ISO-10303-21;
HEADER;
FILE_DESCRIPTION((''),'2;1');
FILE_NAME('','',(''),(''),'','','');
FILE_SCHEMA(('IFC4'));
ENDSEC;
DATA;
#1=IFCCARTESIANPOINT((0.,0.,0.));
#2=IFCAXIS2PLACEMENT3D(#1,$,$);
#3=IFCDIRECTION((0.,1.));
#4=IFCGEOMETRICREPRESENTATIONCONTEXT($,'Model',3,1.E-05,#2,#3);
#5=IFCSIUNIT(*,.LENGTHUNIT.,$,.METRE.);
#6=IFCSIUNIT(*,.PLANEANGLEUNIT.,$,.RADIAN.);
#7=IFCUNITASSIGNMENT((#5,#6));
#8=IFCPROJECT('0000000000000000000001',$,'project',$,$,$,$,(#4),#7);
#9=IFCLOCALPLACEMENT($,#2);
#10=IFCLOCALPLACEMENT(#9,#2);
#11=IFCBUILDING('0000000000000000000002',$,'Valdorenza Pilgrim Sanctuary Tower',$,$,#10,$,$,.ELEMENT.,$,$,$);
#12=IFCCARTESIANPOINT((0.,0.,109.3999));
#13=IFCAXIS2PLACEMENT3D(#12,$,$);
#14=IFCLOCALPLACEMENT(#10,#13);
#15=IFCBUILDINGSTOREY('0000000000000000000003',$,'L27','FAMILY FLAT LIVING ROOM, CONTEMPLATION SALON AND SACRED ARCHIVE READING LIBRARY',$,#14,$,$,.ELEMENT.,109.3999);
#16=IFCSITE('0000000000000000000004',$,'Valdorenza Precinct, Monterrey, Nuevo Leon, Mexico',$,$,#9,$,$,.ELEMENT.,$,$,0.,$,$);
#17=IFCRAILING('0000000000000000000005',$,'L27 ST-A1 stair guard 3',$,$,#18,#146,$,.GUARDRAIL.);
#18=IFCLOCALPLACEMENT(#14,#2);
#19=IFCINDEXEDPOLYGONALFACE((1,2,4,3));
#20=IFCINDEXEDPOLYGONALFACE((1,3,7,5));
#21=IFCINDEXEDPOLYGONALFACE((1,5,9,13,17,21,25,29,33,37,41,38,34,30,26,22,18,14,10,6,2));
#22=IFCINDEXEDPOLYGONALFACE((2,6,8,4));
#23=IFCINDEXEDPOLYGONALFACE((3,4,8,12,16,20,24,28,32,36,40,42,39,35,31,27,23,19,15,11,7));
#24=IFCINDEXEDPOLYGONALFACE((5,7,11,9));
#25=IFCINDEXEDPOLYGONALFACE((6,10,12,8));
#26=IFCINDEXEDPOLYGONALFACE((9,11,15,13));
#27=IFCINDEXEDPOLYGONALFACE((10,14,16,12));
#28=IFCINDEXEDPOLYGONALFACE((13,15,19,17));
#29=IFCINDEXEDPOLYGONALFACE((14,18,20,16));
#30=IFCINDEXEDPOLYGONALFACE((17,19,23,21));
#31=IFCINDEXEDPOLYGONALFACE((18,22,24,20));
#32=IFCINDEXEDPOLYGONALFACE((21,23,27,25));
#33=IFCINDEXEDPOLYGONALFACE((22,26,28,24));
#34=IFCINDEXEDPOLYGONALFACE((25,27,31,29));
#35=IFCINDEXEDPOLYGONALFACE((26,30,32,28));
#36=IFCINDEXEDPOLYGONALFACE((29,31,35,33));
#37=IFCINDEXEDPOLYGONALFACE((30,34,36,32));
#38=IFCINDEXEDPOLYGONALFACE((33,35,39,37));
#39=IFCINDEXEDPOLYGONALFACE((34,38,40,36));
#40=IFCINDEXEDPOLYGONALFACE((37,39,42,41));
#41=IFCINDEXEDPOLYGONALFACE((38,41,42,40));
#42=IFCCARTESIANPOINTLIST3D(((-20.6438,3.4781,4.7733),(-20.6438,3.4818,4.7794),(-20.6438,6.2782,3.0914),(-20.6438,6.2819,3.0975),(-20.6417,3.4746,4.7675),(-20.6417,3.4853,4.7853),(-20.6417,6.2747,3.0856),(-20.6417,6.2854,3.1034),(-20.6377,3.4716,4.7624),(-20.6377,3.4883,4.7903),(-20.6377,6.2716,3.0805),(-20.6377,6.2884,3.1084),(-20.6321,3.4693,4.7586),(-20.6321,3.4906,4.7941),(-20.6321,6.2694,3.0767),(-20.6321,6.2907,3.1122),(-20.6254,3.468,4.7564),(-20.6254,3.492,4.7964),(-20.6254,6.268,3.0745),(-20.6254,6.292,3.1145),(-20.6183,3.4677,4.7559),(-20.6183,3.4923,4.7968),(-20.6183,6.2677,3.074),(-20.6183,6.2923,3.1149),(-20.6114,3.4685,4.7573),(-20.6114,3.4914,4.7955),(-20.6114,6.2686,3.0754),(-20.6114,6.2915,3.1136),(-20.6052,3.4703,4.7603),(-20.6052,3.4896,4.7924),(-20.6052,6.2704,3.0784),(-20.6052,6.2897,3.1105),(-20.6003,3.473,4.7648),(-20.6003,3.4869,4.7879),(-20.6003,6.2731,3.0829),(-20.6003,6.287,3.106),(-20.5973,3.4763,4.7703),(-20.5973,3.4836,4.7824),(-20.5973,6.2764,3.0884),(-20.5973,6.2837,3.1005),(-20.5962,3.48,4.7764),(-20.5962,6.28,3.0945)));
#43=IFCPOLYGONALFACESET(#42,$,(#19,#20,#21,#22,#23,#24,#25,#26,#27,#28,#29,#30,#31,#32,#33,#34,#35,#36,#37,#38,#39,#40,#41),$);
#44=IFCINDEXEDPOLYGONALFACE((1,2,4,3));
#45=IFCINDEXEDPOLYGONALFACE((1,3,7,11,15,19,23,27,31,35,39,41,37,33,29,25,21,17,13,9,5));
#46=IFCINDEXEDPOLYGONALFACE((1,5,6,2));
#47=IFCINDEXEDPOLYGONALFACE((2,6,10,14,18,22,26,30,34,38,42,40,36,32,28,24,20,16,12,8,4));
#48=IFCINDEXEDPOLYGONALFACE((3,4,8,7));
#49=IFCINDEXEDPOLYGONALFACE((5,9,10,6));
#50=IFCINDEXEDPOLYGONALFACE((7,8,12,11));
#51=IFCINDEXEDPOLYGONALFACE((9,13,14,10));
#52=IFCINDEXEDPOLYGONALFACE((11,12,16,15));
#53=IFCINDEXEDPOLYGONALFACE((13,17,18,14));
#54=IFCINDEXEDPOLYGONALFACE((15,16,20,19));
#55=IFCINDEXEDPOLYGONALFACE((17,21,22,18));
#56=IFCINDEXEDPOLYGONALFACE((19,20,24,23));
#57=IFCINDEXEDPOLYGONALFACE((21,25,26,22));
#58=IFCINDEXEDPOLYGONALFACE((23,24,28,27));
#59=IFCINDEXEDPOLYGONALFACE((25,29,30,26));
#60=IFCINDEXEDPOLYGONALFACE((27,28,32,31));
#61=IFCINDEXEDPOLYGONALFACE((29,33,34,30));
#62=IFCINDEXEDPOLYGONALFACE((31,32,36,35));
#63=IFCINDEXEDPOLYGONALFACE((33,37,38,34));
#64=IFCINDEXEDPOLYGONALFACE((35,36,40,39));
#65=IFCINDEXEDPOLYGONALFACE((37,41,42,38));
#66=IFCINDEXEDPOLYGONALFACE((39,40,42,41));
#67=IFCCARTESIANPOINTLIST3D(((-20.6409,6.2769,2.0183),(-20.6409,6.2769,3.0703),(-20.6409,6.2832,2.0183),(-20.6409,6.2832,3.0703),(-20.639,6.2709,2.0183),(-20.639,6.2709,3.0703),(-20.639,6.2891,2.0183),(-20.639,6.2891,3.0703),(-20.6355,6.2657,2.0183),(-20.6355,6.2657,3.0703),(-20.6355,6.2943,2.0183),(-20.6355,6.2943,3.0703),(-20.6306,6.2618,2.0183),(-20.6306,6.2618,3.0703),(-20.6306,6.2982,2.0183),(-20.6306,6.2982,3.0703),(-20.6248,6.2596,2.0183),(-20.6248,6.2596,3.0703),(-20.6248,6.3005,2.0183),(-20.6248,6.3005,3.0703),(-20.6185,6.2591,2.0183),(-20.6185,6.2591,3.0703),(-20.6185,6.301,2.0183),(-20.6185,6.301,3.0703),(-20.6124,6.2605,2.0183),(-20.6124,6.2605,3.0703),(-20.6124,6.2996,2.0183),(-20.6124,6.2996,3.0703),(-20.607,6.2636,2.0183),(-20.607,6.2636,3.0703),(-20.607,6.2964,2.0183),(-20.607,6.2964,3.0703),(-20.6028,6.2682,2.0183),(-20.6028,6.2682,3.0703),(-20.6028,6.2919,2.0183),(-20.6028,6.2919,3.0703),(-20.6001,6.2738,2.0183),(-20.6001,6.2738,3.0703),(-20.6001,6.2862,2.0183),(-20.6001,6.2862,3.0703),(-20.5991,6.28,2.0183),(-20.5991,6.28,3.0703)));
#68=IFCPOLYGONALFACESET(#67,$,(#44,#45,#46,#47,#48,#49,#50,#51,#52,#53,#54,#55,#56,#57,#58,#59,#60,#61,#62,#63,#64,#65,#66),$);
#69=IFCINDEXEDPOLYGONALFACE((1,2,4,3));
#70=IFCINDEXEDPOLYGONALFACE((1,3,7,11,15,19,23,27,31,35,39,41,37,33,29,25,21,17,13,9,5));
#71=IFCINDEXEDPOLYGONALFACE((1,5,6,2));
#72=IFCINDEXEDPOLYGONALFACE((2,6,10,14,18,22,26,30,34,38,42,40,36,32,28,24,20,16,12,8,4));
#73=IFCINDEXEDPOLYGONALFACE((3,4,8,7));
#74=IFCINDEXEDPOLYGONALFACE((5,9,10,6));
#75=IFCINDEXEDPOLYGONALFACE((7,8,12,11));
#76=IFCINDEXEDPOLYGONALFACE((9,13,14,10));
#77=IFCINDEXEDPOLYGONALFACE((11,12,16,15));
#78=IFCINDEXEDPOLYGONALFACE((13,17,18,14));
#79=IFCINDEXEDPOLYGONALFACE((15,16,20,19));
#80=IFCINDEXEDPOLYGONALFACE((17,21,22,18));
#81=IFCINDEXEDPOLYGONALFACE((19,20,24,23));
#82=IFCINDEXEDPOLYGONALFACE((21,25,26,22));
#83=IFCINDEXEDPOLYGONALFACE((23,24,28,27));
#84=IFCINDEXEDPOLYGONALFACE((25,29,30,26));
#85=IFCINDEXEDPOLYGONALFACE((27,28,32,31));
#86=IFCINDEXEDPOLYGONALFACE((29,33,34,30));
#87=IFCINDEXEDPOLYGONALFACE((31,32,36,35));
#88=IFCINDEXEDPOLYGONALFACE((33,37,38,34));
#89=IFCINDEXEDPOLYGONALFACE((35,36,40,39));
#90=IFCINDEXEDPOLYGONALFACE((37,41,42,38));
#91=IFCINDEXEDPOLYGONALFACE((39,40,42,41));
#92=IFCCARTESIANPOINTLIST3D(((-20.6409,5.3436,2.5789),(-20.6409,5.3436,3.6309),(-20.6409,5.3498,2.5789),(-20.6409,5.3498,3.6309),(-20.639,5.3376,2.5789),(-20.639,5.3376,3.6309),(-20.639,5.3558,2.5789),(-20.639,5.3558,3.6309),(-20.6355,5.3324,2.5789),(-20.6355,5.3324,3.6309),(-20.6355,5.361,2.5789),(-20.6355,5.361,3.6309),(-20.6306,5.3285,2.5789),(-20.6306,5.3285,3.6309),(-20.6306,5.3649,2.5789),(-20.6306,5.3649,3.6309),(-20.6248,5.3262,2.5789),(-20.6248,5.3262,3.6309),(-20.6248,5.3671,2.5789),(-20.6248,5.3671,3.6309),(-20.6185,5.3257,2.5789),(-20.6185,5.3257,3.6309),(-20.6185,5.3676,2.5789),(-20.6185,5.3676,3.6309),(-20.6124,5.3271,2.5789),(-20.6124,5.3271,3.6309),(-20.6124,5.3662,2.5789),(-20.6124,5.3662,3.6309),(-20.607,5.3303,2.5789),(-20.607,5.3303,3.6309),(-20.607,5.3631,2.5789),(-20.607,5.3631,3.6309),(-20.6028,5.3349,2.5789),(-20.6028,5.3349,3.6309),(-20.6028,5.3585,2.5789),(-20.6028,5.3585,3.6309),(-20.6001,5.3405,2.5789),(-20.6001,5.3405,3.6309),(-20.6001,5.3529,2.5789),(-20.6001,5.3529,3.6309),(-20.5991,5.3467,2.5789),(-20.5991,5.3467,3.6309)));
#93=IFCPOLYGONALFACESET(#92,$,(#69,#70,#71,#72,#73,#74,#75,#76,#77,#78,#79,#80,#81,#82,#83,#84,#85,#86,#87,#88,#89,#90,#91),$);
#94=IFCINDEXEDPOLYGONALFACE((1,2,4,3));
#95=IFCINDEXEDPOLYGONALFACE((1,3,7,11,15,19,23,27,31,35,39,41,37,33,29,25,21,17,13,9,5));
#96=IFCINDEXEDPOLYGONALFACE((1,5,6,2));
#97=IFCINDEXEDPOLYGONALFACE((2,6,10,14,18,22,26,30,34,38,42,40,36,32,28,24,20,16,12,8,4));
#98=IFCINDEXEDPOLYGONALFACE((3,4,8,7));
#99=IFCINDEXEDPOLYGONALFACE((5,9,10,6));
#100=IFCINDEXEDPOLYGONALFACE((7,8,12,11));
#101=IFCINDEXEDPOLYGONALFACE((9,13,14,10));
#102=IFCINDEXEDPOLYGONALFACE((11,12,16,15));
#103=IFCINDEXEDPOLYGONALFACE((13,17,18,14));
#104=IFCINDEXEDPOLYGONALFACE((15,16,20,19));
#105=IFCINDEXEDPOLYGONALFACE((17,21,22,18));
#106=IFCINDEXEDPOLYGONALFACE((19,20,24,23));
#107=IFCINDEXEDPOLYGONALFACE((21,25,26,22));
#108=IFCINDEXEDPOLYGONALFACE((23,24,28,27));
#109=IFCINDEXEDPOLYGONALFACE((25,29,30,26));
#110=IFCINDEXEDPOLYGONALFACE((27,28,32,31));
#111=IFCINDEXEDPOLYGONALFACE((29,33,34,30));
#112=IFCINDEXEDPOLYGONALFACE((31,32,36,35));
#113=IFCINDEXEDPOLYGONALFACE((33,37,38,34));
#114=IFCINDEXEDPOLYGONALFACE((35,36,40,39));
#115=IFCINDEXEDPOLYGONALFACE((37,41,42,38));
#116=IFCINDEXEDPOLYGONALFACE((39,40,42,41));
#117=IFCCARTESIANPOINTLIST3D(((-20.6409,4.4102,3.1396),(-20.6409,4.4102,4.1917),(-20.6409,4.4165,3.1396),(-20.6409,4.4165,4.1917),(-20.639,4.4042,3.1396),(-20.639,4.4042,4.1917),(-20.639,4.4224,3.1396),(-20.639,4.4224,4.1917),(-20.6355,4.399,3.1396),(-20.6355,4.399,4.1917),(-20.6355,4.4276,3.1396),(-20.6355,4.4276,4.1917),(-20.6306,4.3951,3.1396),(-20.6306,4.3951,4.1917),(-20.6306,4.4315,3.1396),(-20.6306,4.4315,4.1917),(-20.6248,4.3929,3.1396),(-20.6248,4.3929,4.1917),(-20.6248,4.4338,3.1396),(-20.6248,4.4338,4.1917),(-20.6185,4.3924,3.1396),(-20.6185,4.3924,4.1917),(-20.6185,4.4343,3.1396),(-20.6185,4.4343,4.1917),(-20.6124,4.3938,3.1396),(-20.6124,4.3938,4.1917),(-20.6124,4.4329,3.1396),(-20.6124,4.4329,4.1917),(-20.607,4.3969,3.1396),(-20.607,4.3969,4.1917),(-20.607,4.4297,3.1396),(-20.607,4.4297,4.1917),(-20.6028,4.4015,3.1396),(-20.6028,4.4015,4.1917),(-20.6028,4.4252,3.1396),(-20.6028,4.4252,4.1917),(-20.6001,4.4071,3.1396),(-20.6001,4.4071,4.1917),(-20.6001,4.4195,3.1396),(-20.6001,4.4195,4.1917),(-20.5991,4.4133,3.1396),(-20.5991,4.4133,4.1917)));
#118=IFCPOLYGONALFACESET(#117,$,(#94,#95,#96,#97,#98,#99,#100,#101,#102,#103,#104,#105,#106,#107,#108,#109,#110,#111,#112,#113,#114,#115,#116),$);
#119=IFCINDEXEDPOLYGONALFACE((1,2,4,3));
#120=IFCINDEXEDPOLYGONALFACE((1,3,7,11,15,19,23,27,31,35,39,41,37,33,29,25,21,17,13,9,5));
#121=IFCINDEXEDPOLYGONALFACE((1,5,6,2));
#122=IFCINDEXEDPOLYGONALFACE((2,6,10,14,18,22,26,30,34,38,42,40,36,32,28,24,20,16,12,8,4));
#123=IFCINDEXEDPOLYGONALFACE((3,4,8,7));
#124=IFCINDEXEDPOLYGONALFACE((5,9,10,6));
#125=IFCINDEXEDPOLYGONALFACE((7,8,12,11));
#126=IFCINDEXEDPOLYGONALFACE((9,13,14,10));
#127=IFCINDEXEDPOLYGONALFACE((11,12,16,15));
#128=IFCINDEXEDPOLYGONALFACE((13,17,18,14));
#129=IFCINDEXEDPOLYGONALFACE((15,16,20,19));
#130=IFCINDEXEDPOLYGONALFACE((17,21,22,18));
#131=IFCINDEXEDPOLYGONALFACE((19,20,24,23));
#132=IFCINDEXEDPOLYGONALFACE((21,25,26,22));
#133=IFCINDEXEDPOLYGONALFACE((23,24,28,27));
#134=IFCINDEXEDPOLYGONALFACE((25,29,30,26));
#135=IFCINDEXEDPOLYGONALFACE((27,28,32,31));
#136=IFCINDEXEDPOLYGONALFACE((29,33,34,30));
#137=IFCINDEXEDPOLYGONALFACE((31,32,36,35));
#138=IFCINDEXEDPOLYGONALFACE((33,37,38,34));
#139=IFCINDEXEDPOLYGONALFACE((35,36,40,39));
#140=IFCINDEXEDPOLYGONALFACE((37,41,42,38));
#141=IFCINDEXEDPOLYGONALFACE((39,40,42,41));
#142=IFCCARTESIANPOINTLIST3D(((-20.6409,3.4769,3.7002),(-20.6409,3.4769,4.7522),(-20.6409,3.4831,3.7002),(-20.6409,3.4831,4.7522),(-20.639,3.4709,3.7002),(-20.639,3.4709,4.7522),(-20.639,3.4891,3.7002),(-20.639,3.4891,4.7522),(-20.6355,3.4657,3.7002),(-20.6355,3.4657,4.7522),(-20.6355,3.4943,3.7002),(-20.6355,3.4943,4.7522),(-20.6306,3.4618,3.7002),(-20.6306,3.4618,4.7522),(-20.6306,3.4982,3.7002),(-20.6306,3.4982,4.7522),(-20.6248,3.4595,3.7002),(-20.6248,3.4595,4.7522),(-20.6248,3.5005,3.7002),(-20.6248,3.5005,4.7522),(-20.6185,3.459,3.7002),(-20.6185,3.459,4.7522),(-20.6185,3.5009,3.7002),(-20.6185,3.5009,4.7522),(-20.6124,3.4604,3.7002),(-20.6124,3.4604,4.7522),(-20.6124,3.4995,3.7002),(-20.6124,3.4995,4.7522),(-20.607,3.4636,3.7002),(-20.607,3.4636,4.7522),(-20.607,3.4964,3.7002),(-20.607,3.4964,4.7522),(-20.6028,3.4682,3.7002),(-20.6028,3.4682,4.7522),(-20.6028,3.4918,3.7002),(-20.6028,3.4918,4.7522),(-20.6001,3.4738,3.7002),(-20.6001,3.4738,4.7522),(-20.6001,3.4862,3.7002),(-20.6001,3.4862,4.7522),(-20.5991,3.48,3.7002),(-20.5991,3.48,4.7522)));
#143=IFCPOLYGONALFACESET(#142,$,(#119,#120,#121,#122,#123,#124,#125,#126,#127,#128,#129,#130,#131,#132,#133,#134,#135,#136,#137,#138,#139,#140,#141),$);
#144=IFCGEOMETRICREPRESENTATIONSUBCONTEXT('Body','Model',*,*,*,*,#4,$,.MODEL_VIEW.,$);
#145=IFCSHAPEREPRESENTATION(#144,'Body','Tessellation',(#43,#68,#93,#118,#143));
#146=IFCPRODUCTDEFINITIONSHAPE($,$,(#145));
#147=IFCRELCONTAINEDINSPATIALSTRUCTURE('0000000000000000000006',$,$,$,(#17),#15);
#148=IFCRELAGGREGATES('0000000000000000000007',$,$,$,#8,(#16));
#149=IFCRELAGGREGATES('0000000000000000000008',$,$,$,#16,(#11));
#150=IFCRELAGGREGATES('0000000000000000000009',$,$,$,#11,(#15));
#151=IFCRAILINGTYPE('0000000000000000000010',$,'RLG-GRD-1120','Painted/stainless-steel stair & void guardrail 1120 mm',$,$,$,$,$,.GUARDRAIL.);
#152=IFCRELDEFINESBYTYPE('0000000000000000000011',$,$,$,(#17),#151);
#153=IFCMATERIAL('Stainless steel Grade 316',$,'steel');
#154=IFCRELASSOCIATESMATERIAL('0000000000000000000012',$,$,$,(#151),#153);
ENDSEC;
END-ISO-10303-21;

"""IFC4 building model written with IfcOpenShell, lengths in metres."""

from ifc_helpers import new_model, si_unit, direction, frame, origin, origin_2d, place, context, subcontext, project, spatial, circle, extrude, material, type_object, element, save


model = new_model("IFC4")

# Units and contexts
model_context = context("Model", 3, precision=1e-05, world=origin(), true_north=direction((0.0, 1.0)))
body_context = subcontext(model_context, "Body", "Model", "MODEL_VIEW")
ifc_project = project(units=[si_unit("LENGTHUNIT", "METRE"), si_unit("PLANEANGLEUNIT", "RADIAN")], contexts=[model_context])

# Site, building, storey
site_placement = place(None, origin())
site = spatial("IfcSite", under=ifc_project, at=site_placement, Name="Valdorenza Precinct, Monterrey, Nuevo Leon, Mexico", CompositionType="ELEMENT", RefElevation=0.0)
building_placement = place(site_placement, origin())
building = spatial("IfcBuilding", under=site, at=building_placement, Name="Valdorenza Pilgrim Sanctuary Tower", CompositionType="ELEMENT")
storey_placement = place(building_placement, frame((0.0, 0.0, 109.3999)))
storey = spatial("IfcBuildingStorey", under=building, at=storey_placement, Name="L27", Description="FAMILY FLAT LIVING ROOM, CONTEMPLATION SALON AND SACRED ARCHIVE READING LIBRARY", CompositionType="ELEMENT", Elevation=109.3999)

# Railing
ifc_material_1 = material(Name="Stainless steel Grade 316", Category="steel")
railing_type_1 = type_object("IfcRailingType", Name="RLG-GRD-1120", Description="Painted/stainless-steel stair & void guardrail 1120 mm", PredefinedType="GUARDRAIL", material=ifc_material_1)
railing_1_placement = place(storey_placement, frame((-20.6201, 6.28, 2.0183)))
element("IfcRailing", 1, at=railing_1_placement, inside=storey, type_object=railing_type_1, Name="L27 ST-A1 stair guard 3", PredefinedType="GUARDRAIL", context=body_context, shape_type="SweptSolid", body=[
    extrude(circle(Radius=0.0239, at=origin_2d()), frame((0.0, 0.0, 1.0762), z_axis=(0.0, -0.857242, 0.514913), x_axis=(1.0, 0.0, 0.0)), (0.0, 0.0, 1.0), 3.2664),
    extrude(circle(Radius=0.021, at=origin_2d()), origin(), (0.0, 0.0, 1.0), 1.052),
    extrude(circle(Radius=0.021, at=origin_2d()), frame((0.0, -0.9333, 0.5605)), (0.0, 0.0, 1.0), 1.052),
    extrude(circle(Radius=0.021, at=origin_2d()), frame((0.0, -1.8667, 1.1213)), (0.0, 0.0, 1.0), 1.052),
    extrude(circle(Radius=0.021, at=origin_2d()), frame((0.0, -2.8, 1.6819)), (0.0, 0.0, 1.0), 1.052),
])

save(model, "model.ifc")
